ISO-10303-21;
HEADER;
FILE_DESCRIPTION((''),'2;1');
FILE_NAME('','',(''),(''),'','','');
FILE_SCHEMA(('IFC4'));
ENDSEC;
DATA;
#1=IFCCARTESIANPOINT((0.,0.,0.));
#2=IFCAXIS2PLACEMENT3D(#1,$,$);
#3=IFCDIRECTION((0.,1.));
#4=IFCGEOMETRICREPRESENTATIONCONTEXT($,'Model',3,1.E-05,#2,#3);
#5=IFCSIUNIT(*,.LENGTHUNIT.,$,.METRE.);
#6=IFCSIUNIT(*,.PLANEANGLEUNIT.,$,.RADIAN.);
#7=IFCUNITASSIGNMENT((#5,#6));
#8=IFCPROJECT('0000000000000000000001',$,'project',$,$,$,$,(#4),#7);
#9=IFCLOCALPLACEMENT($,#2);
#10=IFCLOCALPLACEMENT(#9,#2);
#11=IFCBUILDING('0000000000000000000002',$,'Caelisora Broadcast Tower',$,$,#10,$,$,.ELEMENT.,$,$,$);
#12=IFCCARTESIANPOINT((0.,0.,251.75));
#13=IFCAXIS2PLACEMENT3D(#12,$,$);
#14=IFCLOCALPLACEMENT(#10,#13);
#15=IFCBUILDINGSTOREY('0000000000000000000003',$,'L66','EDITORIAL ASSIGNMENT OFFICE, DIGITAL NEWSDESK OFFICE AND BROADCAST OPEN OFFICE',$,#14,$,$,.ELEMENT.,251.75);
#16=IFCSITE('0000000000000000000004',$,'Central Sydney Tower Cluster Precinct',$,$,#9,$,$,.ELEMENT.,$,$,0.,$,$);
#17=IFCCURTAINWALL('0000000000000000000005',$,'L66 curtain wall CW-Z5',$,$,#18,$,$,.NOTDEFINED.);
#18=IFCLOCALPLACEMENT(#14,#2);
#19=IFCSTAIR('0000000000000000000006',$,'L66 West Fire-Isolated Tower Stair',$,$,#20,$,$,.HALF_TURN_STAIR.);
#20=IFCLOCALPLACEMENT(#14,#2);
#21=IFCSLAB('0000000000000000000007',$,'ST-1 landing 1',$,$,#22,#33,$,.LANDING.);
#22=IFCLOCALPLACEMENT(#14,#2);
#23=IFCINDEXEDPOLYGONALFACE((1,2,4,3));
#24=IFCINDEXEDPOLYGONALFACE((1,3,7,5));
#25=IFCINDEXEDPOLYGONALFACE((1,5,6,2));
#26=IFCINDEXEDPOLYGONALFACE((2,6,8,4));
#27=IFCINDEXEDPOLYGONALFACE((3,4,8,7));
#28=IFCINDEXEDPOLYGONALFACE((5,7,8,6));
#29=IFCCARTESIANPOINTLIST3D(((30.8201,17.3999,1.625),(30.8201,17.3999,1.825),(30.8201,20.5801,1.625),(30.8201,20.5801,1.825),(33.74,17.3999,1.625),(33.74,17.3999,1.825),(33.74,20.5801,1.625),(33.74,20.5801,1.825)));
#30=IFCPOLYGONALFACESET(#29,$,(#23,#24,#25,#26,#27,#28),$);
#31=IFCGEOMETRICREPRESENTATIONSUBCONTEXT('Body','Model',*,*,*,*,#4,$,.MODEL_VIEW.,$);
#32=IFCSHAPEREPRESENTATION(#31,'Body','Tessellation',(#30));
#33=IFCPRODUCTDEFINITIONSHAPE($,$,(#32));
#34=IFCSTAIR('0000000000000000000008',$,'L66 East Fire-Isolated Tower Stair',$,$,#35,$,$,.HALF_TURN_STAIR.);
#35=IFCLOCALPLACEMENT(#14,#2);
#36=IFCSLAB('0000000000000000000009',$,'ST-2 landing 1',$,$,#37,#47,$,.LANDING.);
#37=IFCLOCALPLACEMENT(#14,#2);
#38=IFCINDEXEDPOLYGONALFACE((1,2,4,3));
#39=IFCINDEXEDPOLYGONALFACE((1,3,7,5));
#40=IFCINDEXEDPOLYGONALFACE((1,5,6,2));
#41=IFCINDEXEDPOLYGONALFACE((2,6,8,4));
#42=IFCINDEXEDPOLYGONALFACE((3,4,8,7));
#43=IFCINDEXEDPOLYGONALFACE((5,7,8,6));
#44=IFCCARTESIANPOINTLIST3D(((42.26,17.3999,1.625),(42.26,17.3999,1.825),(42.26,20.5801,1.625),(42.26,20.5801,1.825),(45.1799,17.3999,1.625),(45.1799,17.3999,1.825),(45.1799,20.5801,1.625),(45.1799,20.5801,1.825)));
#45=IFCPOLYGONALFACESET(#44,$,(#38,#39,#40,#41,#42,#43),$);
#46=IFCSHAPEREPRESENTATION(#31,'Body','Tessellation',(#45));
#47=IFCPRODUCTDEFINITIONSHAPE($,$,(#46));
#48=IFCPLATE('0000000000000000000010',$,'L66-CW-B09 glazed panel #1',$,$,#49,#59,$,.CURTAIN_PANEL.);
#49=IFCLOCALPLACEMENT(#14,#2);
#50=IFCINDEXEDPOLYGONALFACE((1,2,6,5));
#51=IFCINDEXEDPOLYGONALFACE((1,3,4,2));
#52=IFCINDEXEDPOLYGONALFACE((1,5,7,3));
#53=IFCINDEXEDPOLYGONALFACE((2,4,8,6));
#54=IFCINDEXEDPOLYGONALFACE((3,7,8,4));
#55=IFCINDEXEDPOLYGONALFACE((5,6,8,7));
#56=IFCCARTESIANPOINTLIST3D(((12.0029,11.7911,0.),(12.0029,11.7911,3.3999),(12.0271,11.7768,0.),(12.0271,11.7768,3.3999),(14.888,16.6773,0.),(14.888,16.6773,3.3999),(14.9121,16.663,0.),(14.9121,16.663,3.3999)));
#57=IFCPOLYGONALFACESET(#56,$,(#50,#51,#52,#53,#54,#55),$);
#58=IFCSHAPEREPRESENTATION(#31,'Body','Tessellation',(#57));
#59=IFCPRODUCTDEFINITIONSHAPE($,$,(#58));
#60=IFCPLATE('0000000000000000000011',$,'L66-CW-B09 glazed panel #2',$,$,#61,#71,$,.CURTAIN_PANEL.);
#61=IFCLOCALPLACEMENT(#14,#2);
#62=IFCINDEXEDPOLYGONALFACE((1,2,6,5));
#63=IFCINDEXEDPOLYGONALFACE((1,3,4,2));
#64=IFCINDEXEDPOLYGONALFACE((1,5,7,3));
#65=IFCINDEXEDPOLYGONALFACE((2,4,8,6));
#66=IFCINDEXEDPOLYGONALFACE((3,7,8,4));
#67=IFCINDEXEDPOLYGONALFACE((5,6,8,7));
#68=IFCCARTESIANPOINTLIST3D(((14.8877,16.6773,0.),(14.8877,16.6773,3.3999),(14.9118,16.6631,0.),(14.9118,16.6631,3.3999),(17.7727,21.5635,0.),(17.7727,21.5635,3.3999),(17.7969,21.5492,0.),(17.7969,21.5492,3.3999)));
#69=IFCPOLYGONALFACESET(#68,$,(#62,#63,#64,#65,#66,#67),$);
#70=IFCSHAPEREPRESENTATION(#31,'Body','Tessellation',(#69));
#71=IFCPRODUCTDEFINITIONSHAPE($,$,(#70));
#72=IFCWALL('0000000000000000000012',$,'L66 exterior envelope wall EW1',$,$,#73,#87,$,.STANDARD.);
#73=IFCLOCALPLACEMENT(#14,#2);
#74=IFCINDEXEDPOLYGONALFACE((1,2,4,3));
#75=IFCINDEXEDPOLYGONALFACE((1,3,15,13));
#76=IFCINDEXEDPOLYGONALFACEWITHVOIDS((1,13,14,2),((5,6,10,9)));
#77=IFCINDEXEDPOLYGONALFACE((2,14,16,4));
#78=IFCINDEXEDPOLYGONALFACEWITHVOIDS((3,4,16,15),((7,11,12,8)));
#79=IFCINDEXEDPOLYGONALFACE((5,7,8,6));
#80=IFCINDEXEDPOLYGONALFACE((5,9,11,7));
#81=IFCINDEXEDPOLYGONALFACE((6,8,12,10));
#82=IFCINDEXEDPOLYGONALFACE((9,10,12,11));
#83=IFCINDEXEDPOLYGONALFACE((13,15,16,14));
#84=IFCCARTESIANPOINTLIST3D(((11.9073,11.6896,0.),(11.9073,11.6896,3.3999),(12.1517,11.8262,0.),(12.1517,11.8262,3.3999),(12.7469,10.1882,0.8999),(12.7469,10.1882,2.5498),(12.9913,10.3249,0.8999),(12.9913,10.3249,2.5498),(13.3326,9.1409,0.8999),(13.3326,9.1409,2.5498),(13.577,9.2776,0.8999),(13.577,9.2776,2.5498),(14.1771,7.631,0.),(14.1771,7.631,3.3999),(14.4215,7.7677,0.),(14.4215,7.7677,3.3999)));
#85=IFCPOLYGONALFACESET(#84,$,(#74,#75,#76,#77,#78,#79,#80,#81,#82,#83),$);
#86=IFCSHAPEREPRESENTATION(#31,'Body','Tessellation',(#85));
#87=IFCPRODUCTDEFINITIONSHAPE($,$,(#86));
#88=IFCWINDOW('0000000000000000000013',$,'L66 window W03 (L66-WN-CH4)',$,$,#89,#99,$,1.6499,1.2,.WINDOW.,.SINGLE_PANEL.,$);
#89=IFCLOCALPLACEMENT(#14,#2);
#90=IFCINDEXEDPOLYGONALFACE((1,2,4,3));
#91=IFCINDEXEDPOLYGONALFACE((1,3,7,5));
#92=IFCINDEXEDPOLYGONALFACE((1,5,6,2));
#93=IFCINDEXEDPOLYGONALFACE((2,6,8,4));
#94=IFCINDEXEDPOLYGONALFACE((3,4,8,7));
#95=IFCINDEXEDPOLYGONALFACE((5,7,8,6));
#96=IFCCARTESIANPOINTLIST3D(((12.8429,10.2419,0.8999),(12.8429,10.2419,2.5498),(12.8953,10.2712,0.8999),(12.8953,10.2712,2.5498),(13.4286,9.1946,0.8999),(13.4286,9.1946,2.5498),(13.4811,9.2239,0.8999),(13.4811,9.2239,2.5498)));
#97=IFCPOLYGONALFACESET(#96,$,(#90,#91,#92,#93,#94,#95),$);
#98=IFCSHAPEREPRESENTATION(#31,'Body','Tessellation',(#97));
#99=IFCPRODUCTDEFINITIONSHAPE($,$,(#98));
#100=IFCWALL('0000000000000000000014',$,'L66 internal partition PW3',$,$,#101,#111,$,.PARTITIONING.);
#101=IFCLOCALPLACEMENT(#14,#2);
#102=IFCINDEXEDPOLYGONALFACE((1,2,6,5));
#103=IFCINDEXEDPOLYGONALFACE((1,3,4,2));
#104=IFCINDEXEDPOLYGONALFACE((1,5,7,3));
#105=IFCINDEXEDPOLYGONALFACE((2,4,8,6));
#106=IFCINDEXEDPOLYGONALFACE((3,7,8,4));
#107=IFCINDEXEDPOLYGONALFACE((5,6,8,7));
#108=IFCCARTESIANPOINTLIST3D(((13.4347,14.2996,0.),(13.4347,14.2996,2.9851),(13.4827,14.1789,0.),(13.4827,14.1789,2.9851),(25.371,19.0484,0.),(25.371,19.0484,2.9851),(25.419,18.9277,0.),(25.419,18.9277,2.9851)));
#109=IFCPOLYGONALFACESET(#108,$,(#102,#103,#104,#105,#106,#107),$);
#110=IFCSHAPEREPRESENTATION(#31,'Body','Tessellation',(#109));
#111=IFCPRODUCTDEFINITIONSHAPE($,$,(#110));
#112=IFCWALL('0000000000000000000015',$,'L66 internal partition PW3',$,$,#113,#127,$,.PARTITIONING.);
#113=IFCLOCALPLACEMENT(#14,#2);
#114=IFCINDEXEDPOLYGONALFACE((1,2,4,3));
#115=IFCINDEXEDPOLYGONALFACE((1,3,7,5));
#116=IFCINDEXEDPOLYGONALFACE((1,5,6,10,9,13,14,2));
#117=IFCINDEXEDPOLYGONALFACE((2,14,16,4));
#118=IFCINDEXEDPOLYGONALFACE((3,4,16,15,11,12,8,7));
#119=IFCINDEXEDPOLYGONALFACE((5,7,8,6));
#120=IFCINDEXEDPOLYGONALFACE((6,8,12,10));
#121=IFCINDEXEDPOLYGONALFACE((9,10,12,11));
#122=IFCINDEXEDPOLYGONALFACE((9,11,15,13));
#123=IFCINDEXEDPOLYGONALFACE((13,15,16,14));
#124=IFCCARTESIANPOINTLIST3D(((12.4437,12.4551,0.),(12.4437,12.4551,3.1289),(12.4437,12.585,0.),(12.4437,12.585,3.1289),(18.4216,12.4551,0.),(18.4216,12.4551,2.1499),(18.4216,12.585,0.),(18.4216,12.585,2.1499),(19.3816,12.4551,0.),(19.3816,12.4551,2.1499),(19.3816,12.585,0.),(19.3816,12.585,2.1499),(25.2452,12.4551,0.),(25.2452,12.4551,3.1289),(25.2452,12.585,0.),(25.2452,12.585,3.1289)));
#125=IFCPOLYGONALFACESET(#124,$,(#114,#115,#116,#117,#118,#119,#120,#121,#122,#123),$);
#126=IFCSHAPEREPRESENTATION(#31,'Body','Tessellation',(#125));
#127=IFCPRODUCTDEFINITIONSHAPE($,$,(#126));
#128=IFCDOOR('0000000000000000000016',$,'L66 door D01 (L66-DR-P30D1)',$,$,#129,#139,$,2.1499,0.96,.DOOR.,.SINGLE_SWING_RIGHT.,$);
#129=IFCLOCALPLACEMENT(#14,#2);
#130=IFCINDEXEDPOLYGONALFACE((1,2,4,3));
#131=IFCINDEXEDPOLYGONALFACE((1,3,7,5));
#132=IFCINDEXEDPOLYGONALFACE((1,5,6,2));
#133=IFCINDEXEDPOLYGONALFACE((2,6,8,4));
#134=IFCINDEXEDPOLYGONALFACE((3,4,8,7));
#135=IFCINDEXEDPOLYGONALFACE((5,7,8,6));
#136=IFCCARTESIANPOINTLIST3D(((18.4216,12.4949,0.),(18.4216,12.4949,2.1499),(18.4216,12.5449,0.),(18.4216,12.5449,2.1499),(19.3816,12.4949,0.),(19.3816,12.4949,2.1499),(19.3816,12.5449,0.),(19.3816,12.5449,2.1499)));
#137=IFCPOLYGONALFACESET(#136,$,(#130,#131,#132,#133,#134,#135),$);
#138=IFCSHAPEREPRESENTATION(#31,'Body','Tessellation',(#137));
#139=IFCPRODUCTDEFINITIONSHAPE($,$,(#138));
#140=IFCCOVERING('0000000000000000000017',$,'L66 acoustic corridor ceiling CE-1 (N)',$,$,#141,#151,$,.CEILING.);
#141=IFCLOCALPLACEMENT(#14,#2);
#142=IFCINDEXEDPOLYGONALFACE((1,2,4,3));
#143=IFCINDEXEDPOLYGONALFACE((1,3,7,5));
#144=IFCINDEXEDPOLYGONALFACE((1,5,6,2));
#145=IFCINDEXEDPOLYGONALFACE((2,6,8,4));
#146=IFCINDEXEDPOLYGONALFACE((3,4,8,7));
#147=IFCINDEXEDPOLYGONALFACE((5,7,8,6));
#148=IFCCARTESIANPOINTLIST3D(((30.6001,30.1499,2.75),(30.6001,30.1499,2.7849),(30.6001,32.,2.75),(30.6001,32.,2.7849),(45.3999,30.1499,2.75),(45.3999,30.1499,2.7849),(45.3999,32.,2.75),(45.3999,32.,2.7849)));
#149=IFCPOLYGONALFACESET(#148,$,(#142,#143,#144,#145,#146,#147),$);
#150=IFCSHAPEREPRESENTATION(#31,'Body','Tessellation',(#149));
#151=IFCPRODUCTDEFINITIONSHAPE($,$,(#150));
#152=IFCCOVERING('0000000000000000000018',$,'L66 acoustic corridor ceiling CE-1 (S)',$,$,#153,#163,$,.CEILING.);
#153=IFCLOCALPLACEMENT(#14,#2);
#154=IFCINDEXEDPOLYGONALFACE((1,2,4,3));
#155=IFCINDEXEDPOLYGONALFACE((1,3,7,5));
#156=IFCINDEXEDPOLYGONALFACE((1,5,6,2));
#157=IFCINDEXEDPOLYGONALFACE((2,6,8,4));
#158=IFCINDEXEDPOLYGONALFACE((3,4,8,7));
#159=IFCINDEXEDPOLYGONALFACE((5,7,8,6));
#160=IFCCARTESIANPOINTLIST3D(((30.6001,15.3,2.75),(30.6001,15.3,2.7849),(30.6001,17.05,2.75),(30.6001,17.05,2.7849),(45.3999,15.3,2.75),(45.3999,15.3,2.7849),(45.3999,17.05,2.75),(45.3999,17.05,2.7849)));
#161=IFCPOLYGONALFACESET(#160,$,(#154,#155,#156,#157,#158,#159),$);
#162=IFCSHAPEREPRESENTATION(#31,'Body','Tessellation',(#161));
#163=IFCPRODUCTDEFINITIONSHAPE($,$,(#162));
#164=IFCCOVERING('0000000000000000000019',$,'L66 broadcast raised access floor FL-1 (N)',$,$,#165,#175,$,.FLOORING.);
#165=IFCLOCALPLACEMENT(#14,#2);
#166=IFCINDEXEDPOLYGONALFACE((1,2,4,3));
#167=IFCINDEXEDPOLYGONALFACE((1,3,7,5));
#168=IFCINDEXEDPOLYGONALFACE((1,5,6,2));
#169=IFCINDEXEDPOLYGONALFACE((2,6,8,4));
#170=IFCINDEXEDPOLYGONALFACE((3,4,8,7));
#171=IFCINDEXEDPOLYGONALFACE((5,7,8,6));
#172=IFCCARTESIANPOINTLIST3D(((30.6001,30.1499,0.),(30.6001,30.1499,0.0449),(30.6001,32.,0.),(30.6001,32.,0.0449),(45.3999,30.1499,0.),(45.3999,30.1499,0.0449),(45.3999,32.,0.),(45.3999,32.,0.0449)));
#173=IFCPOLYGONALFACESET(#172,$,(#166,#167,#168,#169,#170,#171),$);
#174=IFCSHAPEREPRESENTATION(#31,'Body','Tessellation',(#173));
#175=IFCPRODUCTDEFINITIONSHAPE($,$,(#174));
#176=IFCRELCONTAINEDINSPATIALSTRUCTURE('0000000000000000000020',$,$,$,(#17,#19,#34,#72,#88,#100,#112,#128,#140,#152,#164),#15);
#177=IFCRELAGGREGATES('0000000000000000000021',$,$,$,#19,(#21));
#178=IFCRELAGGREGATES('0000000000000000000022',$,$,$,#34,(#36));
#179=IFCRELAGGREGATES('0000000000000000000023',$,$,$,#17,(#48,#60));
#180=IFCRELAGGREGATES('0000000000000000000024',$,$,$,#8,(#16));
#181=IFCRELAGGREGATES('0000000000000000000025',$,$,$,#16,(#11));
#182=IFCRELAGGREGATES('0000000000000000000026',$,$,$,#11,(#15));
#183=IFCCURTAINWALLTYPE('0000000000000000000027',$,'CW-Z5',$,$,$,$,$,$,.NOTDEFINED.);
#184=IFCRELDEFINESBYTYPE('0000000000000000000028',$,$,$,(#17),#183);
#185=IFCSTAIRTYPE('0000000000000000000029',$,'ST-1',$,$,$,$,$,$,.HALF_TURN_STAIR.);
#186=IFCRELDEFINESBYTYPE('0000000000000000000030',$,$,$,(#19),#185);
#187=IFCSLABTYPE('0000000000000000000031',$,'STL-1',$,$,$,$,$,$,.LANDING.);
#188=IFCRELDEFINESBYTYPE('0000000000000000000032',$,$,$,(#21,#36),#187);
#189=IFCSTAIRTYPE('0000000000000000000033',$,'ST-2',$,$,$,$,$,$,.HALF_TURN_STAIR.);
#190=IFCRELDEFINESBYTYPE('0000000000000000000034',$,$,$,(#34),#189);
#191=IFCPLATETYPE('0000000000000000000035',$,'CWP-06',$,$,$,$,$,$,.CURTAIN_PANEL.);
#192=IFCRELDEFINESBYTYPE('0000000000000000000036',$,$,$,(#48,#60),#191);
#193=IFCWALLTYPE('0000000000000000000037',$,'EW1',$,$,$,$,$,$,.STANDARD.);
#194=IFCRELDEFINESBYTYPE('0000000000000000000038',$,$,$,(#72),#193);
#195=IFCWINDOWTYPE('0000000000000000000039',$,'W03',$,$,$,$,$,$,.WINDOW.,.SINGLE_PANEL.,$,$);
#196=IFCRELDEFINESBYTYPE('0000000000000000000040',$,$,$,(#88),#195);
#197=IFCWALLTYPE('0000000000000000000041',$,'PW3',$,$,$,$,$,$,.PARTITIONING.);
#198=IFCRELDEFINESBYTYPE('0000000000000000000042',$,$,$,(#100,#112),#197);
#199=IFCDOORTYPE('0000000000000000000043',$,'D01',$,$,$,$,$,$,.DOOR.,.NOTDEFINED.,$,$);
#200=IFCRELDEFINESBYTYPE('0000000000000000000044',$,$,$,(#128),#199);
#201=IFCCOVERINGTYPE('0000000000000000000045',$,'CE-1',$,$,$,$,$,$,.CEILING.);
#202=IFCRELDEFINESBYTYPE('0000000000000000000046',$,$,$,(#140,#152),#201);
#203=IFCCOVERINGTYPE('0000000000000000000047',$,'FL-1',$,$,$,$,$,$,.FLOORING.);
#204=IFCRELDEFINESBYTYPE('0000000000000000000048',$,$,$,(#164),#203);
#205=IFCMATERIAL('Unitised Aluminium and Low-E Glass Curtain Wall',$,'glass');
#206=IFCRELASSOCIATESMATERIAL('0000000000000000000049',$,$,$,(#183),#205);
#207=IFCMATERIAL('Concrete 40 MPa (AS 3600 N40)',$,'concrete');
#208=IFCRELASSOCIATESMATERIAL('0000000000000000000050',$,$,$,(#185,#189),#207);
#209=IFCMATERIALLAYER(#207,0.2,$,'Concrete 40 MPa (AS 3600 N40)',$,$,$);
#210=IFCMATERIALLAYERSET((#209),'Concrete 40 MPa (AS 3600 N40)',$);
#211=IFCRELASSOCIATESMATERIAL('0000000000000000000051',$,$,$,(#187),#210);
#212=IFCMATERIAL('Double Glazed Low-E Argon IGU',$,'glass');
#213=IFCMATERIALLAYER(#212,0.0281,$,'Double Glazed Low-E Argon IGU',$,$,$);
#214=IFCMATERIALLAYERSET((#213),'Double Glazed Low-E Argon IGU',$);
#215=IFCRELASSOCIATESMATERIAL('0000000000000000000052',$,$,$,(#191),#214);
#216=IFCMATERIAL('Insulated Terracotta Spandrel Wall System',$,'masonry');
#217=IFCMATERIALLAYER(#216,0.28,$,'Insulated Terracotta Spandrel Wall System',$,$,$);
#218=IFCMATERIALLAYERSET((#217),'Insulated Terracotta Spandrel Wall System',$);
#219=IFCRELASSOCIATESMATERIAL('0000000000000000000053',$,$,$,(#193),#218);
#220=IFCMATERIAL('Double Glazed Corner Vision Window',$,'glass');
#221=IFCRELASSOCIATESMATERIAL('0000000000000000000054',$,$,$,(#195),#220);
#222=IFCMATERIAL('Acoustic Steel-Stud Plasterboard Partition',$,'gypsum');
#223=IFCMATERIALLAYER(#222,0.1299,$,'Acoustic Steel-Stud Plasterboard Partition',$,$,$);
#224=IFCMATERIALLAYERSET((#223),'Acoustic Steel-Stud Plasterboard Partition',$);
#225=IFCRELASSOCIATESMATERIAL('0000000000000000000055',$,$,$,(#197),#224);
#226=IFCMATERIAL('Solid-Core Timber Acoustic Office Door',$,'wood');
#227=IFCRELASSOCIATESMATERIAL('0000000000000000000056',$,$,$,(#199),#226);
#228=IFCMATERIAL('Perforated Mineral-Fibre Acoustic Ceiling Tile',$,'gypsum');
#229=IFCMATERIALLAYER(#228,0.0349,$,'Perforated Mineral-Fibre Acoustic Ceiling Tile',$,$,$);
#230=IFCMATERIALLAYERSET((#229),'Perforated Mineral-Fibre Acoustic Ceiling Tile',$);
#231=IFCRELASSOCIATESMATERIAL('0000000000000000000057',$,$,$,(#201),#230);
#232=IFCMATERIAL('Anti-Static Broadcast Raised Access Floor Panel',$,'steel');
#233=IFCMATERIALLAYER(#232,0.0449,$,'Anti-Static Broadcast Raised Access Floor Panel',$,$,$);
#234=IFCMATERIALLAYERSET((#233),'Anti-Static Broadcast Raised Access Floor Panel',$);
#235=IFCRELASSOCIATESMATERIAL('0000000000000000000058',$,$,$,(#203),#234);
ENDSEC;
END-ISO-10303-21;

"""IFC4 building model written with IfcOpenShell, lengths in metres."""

from ifc_helpers import new_model, si_unit, direction, frame, frame_2d, origin, origin_2d, place, context, subcontext, project, spatial, polyline, rectangle, outline, extrude, source, transform, mapped, material, layer, layer_set, type_object, type_shapes, element, fill, aggregate, save


model = new_model("IFC4")

# Units and contexts
model_context = context("Model", 3, precision=1e-05, world=origin(), true_north=direction((0.0, 1.0)))
body_context = subcontext(model_context, "Body", "Model", "MODEL_VIEW")
ifc_project = project(units=[si_unit("LENGTHUNIT", "METRE"), si_unit("PLANEANGLEUNIT", "RADIAN")], contexts=[model_context])

# Site, building, storey
site_placement = place(None, origin())
site = spatial("IfcSite", under=ifc_project, at=site_placement, Name="Central Sydney Tower Cluster Precinct", CompositionType="ELEMENT", RefElevation=0.0)
building_placement = place(site_placement, origin())
building = spatial("IfcBuilding", under=site, at=building_placement, Name="Caelisora Broadcast Tower", CompositionType="ELEMENT")
storey_placement = place(building_placement, frame((0.0, 0.0, 251.75)))
storey = spatial("IfcBuildingStorey", under=building, at=storey_placement, Name="L66", Description="EDITORIAL ASSIGNMENT OFFICE, DIGITAL NEWSDESK OFFICE AND BROADCAST OPEN OFFICE", CompositionType="ELEMENT", Elevation=251.75)

# Shared definitions
ifc_material_1 = material(Name="Unitised Aluminium and Low-E Glass Curtain Wall", Category="glass")
curtain_wall_type = type_object("IfcCurtainWallType", Name="CW-Z5", PredefinedType="NOTDEFINED", material=ifc_material_1)

# Curtain wall
curtain_wall_1_placement = place(storey_placement, origin())
curtain_wall_1 = element("IfcCurtainWall", 1, at=curtain_wall_1_placement, inside=storey, type_object=curtain_wall_type, Name="L66 curtain wall CW-Z5", PredefinedType="NOTDEFINED")

# Shared definitions
ifc_material_2 = material(Name="Concrete 40 MPa (AS 3600 N40)", Category="concrete")

# Stairs, slabs
stair_type_1 = type_object("IfcStairType", Name="ST-1", PredefinedType="HALF_TURN_STAIR", material=ifc_material_2)
stair_1_placement = place(storey_placement, origin())
stair_1 = element("IfcStair", 2, at=stair_1_placement, inside=storey, type_object=stair_type_1, Name="L66 West Fire-Isolated Tower Stair", PredefinedType="HALF_TURN_STAIR")
ifc_layer_1 = layer(ifc_material_2, 0.2, Name="Concrete 40 MPa (AS 3600 N40)")
ifc_layer_set_1 = layer_set([ifc_layer_1], Name="Concrete 40 MPa (AS 3600 N40)")
slab_type_1 = type_object("IfcSlabType", Name="STL-1", PredefinedType="LANDING", material=ifc_layer_set_1)
slab_1_placement = place(storey_placement, frame((0.0, 0.0, 1.625)))
slab_1 = element("IfcSlab", 3, at=slab_1_placement, type_object=slab_type_1, Name="ST-1 landing 1", PredefinedType="LANDING", context=body_context, shape_type="SweptSolid", body=[
    extrude(outline(polyline([(30.8201, 20.5801), (30.8201, 17.3999), (33.74, 17.3999), (33.74, 20.5801), (30.8201, 20.5801)])), origin(), (0.0, 0.0, 1.0), 0.2),
])
aggregate(stair_1, [slab_1])
stair_type_2 = type_object("IfcStairType", Name="ST-2", PredefinedType="HALF_TURN_STAIR", material=ifc_material_2)
stair_2_placement = place(storey_placement, origin())
stair_2 = element("IfcStair", 4, at=stair_2_placement, inside=storey, type_object=stair_type_2, Name="L66 East Fire-Isolated Tower Stair", PredefinedType="HALF_TURN_STAIR")
slab_2_placement = place(storey_placement, frame((0.0, 0.0, 1.625)))
slab_2 = element("IfcSlab", 5, at=slab_2_placement, type_object=slab_type_1, Name="ST-2 landing 1", PredefinedType="LANDING", context=body_context, shape_type="SweptSolid", body=[
    extrude(outline(polyline([(42.26, 20.5801), (42.26, 17.3999), (45.1799, 17.3999), (45.1799, 20.5801), (42.26, 20.5801)])), origin(), (0.0, 0.0, 1.0), 0.2),
])
aggregate(stair_2, [slab_2])

# Plates
ifc_material_3 = material(Name="Double Glazed Low-E Argon IGU", Category="glass")
ifc_layer_2 = layer(ifc_material_3, 0.0281, Name="Double Glazed Low-E Argon IGU")
ifc_layer_set_2 = layer_set([ifc_layer_2], Name="Double Glazed Low-E Argon IGU")
plate_type = type_object("IfcPlateType", Name="CWP-06", PredefinedType="CURTAIN_PANEL", material=ifc_layer_set_2)
shared_shape_1 = source(origin(), body_context, "Body", "SweptSolid", [
    extrude(rectangle(XDim=5.6743, YDim=0.0281, at=origin_2d()), origin(), (0.0, 0.0, 1.0), 3.3999),
])
type_shapes(plate_type, [shared_shape_1])
plate_1_placement = place(storey_placement, frame((13.4575, 14.2271, 0.0), z_axis=(0.0, 0.0, 1.0), x_axis=(0.50844, 0.861097, 0.0)))
plate_1 = element("IfcPlate", 6, at=plate_1_placement, type_object=plate_type, Name="L66-CW-B09 glazed panel #1", PredefinedType="CURTAIN_PANEL", context=body_context, shape_type="MappedRepresentation", body=[
    mapped(shared_shape_1, transform((0.0, 0.0, 0.0), scale=1.0)),
])
plate_2_placement = place(storey_placement, frame((16.3423, 19.1133, 0.0), z_axis=(0.0, 0.0, 1.0), x_axis=(0.50844, 0.861097, 0.0)))
plate_2 = element("IfcPlate", 7, at=plate_2_placement, type_object=plate_type, Name="L66-CW-B09 glazed panel #2", PredefinedType="CURTAIN_PANEL", context=body_context, shape_type="MappedRepresentation", body=[
    mapped(shared_shape_1, transform((0.0, 0.0, 0.0), scale=1.0)),
])
aggregate(curtain_wall_1, [plate_1, plate_2])

# Wall, opening, window
ifc_material_4 = material(Name="Insulated Terracotta Spandrel Wall System", Category="masonry")
ifc_layer_3 = layer(ifc_material_4, 0.28, Name="Insulated Terracotta Spandrel Wall System")
ifc_layer_set_3 = layer_set([ifc_layer_3], Name="Insulated Terracotta Spandrel Wall System")
wall_type_1 = type_object("IfcWallType", Name="EW1", PredefinedType="STANDARD", material=ifc_layer_set_3)
wall_1_placement = place(storey_placement, frame((14.2993, 7.6992, 0.0), z_axis=(0.0, 0.0, 1.0), x_axis=(-0.488106, 0.872784, 0.0)))
wall_1 = element("IfcWall", 8, at=wall_1_placement, inside=storey, type_object=wall_type_1, Name="L66 exterior envelope wall EW1", PredefinedType="STANDARD", context=body_context, shape_type="SweptSolid", body=[
    extrude(rectangle(XDim=4.6501, YDim=0.28, at=frame_2d((2.3252, 0.0))), origin(), (0.0, 0.0, 1.0), 3.3999),
])
opening_1_placement = place(wall_1_placement, frame((1.73, 0.0, 0.8999)))
opening_1 = element("IfcOpeningElement", 9, at=opening_1_placement, cuts=wall_1, PredefinedType="OPENING", context=body_context, shape_type="SweptSolid", body=[
    extrude(rectangle(XDim=1.2, YDim=1.6499, at=frame_2d((0.6001, 0.825))), frame((0.0, 0.1521, 0.0), z_axis=(0.0, -1.0, 0.0), x_axis=(1.0, 0.0, 0.0)), (0.0, 0.0, 1.0), 0.304),
])
ifc_material_5 = material(Name="Double Glazed Corner Vision Window", Category="glass")
window_type = type_object("IfcWindowType", Name="W03", PartitioningType="SINGLE_PANEL", PredefinedType="WINDOW", material=ifc_material_5)
window_placement = place(opening_1_placement, origin())
window = element("IfcWindow", 10, at=window_placement, inside=storey, type_object=window_type, Name="L66 window W03 (L66-WN-CH4)", OverallHeight=1.6499, OverallWidth=1.2, PartitioningType="SINGLE_PANEL", PredefinedType="WINDOW", context=body_context, shape_type="SweptSolid", body=[
    extrude(rectangle(XDim=1.2, YDim=1.6499, at=frame_2d((0.6001, 0.825))), frame((0.0, 0.03, 0.0), z_axis=(0.0, -1.0, 0.0), x_axis=(1.0, 0.0, 0.0)), (0.0, 0.0, 1.0), 0.0601),
])
fill(opening_1, window)

# Wall
ifc_material_6 = material(Name="Acoustic Steel-Stud Plasterboard Partition", Category="gypsum")
ifc_layer_4 = layer(ifc_material_6, 0.1299, Name="Acoustic Steel-Stud Plasterboard Partition")
ifc_layer_set_4 = layer_set([ifc_layer_4], Name="Acoustic Steel-Stud Plasterboard Partition")
wall_type_2 = type_object("IfcWallType", Name="PW3", PredefinedType="PARTITIONING", material=ifc_layer_set_4)
wall_2_placement = place(storey_placement, frame((13.4587, 14.2393, 0.0), z_axis=(0.0, 0.0, 1.0), x_axis=(0.929166, 0.369663, 0.0)))
element("IfcWall", 11, at=wall_2_placement, inside=storey, type_object=wall_type_2, Name="L66 internal partition PW3", PredefinedType="PARTITIONING", context=body_context, shape_type="SweptSolid", body=[
    extrude(rectangle(XDim=12.8462, YDim=0.1299, at=frame_2d((6.4231, 0.0))), origin(), (0.0, 0.0, 1.0), 2.9851),
])

# Wall, opening, door
wall_3_placement = place(storey_placement, frame((12.4436, 12.52, 0.0), z_axis=(0.0, 0.0, 1.0), x_axis=(1.0, 0.0, 0.0)))
wall_3 = element("IfcWall", 12, at=wall_3_placement, inside=storey, type_object=wall_type_2, Name="L66 internal partition PW3", PredefinedType="PARTITIONING", context=body_context, shape_type="SweptSolid", body=[
    extrude(rectangle(XDim=12.8015, YDim=0.1299, at=frame_2d((6.4009, 0.0))), origin(), (0.0, 0.0, 1.0), 3.1289),
])
opening_2_placement = place(wall_3_placement, frame((5.978, 0.0, 0.0)))
opening_2 = element("IfcOpeningElement", 13, at=opening_2_placement, cuts=wall_3, PredefinedType="OPENING", context=body_context, shape_type="SweptSolid", body=[
    extrude(rectangle(XDim=0.96, YDim=2.1499, at=frame_2d((0.48, 1.075))), frame((0.0, 0.0769, 0.0), z_axis=(0.0, -1.0, 0.0), x_axis=(1.0, 0.0, 0.0)), (0.0, 0.0, 1.0), 0.1538),
])
ifc_material_7 = material(Name="Solid-Core Timber Acoustic Office Door", Category="wood")
door_type = type_object("IfcDoorType", Name="D01", OperationType="NOTDEFINED", PredefinedType="DOOR", material=ifc_material_7)
door_placement = place(opening_2_placement, origin())
door = element("IfcDoor", 14, at=door_placement, inside=storey, type_object=door_type, Name="L66 door D01 (L66-DR-P30D1)", OperationType="SINGLE_SWING_RIGHT", OverallHeight=2.1499, OverallWidth=0.96, PredefinedType="DOOR", context=body_context, shape_type="SweptSolid", body=[
    extrude(rectangle(XDim=0.96, YDim=2.1499, at=frame_2d((0.48, 1.075))), frame((0.0, 0.0249, 0.0), z_axis=(0.0, -1.0, 0.0), x_axis=(1.0, 0.0, 0.0)), (0.0, 0.0, 1.0), 0.05),
])
fill(opening_2, door)

# Coverings
ifc_material_8 = material(Name="Perforated Mineral-Fibre Acoustic Ceiling Tile", Category="gypsum")
ifc_layer_5 = layer(ifc_material_8, 0.0349, Name="Perforated Mineral-Fibre Acoustic Ceiling Tile")
ifc_layer_set_5 = layer_set([ifc_layer_5], Name="Perforated Mineral-Fibre Acoustic Ceiling Tile")
covering_type_1 = type_object("IfcCoveringType", Name="CE-1", PredefinedType="CEILING", material=ifc_layer_set_5)
covering_1_placement = place(storey_placement, frame((0.0, 0.0, 2.75)))
element("IfcCovering", 15, at=covering_1_placement, inside=storey, type_object=covering_type_1, Name="L66 acoustic corridor ceiling CE-1 (N)", PredefinedType="CEILING", context=body_context, shape_type="SweptSolid", body=[
    extrude(outline(polyline([(30.6001, 30.1499), (45.3999, 30.1499), (45.3999, 32.0), (30.6001, 32.0), (30.6001, 30.1499)])), origin(), (0.0, 0.0, 1.0), 0.0349),
])
covering_2_placement = place(storey_placement, frame((0.0, 0.0, 2.75)))
element("IfcCovering", 16, at=covering_2_placement, inside=storey, type_object=covering_type_1, Name="L66 acoustic corridor ceiling CE-1 (S)", PredefinedType="CEILING", context=body_context, shape_type="SweptSolid", body=[
    extrude(outline(polyline([(30.6001, 15.3), (45.3999, 15.3), (45.3999, 17.05), (30.6001, 17.05), (30.6001, 15.3)])), origin(), (0.0, 0.0, 1.0), 0.0349),
])
ifc_material_9 = material(Name="Anti-Static Broadcast Raised Access Floor Panel", Category="steel")
ifc_layer_6 = layer(ifc_material_9, 0.0449, Name="Anti-Static Broadcast Raised Access Floor Panel")
ifc_layer_set_6 = layer_set([ifc_layer_6], Name="Anti-Static Broadcast Raised Access Floor Panel")
covering_type_2 = type_object("IfcCoveringType", Name="FL-1", PredefinedType="FLOORING", material=ifc_layer_set_6)
covering_3_placement = place(storey_placement, origin())
element("IfcCovering", 17, at=covering_3_placement, inside=storey, type_object=covering_type_2, Name="L66 broadcast raised access floor FL-1 (N)", PredefinedType="FLOORING", context=body_context, shape_type="SweptSolid", body=[
    extrude(outline(polyline([(30.6001, 30.1499), (45.3999, 30.1499), (45.3999, 32.0), (30.6001, 32.0), (30.6001, 30.1499)])), origin(), (0.0, 0.0, 1.0), 0.0449),
])

save(model, "model.ifc")
